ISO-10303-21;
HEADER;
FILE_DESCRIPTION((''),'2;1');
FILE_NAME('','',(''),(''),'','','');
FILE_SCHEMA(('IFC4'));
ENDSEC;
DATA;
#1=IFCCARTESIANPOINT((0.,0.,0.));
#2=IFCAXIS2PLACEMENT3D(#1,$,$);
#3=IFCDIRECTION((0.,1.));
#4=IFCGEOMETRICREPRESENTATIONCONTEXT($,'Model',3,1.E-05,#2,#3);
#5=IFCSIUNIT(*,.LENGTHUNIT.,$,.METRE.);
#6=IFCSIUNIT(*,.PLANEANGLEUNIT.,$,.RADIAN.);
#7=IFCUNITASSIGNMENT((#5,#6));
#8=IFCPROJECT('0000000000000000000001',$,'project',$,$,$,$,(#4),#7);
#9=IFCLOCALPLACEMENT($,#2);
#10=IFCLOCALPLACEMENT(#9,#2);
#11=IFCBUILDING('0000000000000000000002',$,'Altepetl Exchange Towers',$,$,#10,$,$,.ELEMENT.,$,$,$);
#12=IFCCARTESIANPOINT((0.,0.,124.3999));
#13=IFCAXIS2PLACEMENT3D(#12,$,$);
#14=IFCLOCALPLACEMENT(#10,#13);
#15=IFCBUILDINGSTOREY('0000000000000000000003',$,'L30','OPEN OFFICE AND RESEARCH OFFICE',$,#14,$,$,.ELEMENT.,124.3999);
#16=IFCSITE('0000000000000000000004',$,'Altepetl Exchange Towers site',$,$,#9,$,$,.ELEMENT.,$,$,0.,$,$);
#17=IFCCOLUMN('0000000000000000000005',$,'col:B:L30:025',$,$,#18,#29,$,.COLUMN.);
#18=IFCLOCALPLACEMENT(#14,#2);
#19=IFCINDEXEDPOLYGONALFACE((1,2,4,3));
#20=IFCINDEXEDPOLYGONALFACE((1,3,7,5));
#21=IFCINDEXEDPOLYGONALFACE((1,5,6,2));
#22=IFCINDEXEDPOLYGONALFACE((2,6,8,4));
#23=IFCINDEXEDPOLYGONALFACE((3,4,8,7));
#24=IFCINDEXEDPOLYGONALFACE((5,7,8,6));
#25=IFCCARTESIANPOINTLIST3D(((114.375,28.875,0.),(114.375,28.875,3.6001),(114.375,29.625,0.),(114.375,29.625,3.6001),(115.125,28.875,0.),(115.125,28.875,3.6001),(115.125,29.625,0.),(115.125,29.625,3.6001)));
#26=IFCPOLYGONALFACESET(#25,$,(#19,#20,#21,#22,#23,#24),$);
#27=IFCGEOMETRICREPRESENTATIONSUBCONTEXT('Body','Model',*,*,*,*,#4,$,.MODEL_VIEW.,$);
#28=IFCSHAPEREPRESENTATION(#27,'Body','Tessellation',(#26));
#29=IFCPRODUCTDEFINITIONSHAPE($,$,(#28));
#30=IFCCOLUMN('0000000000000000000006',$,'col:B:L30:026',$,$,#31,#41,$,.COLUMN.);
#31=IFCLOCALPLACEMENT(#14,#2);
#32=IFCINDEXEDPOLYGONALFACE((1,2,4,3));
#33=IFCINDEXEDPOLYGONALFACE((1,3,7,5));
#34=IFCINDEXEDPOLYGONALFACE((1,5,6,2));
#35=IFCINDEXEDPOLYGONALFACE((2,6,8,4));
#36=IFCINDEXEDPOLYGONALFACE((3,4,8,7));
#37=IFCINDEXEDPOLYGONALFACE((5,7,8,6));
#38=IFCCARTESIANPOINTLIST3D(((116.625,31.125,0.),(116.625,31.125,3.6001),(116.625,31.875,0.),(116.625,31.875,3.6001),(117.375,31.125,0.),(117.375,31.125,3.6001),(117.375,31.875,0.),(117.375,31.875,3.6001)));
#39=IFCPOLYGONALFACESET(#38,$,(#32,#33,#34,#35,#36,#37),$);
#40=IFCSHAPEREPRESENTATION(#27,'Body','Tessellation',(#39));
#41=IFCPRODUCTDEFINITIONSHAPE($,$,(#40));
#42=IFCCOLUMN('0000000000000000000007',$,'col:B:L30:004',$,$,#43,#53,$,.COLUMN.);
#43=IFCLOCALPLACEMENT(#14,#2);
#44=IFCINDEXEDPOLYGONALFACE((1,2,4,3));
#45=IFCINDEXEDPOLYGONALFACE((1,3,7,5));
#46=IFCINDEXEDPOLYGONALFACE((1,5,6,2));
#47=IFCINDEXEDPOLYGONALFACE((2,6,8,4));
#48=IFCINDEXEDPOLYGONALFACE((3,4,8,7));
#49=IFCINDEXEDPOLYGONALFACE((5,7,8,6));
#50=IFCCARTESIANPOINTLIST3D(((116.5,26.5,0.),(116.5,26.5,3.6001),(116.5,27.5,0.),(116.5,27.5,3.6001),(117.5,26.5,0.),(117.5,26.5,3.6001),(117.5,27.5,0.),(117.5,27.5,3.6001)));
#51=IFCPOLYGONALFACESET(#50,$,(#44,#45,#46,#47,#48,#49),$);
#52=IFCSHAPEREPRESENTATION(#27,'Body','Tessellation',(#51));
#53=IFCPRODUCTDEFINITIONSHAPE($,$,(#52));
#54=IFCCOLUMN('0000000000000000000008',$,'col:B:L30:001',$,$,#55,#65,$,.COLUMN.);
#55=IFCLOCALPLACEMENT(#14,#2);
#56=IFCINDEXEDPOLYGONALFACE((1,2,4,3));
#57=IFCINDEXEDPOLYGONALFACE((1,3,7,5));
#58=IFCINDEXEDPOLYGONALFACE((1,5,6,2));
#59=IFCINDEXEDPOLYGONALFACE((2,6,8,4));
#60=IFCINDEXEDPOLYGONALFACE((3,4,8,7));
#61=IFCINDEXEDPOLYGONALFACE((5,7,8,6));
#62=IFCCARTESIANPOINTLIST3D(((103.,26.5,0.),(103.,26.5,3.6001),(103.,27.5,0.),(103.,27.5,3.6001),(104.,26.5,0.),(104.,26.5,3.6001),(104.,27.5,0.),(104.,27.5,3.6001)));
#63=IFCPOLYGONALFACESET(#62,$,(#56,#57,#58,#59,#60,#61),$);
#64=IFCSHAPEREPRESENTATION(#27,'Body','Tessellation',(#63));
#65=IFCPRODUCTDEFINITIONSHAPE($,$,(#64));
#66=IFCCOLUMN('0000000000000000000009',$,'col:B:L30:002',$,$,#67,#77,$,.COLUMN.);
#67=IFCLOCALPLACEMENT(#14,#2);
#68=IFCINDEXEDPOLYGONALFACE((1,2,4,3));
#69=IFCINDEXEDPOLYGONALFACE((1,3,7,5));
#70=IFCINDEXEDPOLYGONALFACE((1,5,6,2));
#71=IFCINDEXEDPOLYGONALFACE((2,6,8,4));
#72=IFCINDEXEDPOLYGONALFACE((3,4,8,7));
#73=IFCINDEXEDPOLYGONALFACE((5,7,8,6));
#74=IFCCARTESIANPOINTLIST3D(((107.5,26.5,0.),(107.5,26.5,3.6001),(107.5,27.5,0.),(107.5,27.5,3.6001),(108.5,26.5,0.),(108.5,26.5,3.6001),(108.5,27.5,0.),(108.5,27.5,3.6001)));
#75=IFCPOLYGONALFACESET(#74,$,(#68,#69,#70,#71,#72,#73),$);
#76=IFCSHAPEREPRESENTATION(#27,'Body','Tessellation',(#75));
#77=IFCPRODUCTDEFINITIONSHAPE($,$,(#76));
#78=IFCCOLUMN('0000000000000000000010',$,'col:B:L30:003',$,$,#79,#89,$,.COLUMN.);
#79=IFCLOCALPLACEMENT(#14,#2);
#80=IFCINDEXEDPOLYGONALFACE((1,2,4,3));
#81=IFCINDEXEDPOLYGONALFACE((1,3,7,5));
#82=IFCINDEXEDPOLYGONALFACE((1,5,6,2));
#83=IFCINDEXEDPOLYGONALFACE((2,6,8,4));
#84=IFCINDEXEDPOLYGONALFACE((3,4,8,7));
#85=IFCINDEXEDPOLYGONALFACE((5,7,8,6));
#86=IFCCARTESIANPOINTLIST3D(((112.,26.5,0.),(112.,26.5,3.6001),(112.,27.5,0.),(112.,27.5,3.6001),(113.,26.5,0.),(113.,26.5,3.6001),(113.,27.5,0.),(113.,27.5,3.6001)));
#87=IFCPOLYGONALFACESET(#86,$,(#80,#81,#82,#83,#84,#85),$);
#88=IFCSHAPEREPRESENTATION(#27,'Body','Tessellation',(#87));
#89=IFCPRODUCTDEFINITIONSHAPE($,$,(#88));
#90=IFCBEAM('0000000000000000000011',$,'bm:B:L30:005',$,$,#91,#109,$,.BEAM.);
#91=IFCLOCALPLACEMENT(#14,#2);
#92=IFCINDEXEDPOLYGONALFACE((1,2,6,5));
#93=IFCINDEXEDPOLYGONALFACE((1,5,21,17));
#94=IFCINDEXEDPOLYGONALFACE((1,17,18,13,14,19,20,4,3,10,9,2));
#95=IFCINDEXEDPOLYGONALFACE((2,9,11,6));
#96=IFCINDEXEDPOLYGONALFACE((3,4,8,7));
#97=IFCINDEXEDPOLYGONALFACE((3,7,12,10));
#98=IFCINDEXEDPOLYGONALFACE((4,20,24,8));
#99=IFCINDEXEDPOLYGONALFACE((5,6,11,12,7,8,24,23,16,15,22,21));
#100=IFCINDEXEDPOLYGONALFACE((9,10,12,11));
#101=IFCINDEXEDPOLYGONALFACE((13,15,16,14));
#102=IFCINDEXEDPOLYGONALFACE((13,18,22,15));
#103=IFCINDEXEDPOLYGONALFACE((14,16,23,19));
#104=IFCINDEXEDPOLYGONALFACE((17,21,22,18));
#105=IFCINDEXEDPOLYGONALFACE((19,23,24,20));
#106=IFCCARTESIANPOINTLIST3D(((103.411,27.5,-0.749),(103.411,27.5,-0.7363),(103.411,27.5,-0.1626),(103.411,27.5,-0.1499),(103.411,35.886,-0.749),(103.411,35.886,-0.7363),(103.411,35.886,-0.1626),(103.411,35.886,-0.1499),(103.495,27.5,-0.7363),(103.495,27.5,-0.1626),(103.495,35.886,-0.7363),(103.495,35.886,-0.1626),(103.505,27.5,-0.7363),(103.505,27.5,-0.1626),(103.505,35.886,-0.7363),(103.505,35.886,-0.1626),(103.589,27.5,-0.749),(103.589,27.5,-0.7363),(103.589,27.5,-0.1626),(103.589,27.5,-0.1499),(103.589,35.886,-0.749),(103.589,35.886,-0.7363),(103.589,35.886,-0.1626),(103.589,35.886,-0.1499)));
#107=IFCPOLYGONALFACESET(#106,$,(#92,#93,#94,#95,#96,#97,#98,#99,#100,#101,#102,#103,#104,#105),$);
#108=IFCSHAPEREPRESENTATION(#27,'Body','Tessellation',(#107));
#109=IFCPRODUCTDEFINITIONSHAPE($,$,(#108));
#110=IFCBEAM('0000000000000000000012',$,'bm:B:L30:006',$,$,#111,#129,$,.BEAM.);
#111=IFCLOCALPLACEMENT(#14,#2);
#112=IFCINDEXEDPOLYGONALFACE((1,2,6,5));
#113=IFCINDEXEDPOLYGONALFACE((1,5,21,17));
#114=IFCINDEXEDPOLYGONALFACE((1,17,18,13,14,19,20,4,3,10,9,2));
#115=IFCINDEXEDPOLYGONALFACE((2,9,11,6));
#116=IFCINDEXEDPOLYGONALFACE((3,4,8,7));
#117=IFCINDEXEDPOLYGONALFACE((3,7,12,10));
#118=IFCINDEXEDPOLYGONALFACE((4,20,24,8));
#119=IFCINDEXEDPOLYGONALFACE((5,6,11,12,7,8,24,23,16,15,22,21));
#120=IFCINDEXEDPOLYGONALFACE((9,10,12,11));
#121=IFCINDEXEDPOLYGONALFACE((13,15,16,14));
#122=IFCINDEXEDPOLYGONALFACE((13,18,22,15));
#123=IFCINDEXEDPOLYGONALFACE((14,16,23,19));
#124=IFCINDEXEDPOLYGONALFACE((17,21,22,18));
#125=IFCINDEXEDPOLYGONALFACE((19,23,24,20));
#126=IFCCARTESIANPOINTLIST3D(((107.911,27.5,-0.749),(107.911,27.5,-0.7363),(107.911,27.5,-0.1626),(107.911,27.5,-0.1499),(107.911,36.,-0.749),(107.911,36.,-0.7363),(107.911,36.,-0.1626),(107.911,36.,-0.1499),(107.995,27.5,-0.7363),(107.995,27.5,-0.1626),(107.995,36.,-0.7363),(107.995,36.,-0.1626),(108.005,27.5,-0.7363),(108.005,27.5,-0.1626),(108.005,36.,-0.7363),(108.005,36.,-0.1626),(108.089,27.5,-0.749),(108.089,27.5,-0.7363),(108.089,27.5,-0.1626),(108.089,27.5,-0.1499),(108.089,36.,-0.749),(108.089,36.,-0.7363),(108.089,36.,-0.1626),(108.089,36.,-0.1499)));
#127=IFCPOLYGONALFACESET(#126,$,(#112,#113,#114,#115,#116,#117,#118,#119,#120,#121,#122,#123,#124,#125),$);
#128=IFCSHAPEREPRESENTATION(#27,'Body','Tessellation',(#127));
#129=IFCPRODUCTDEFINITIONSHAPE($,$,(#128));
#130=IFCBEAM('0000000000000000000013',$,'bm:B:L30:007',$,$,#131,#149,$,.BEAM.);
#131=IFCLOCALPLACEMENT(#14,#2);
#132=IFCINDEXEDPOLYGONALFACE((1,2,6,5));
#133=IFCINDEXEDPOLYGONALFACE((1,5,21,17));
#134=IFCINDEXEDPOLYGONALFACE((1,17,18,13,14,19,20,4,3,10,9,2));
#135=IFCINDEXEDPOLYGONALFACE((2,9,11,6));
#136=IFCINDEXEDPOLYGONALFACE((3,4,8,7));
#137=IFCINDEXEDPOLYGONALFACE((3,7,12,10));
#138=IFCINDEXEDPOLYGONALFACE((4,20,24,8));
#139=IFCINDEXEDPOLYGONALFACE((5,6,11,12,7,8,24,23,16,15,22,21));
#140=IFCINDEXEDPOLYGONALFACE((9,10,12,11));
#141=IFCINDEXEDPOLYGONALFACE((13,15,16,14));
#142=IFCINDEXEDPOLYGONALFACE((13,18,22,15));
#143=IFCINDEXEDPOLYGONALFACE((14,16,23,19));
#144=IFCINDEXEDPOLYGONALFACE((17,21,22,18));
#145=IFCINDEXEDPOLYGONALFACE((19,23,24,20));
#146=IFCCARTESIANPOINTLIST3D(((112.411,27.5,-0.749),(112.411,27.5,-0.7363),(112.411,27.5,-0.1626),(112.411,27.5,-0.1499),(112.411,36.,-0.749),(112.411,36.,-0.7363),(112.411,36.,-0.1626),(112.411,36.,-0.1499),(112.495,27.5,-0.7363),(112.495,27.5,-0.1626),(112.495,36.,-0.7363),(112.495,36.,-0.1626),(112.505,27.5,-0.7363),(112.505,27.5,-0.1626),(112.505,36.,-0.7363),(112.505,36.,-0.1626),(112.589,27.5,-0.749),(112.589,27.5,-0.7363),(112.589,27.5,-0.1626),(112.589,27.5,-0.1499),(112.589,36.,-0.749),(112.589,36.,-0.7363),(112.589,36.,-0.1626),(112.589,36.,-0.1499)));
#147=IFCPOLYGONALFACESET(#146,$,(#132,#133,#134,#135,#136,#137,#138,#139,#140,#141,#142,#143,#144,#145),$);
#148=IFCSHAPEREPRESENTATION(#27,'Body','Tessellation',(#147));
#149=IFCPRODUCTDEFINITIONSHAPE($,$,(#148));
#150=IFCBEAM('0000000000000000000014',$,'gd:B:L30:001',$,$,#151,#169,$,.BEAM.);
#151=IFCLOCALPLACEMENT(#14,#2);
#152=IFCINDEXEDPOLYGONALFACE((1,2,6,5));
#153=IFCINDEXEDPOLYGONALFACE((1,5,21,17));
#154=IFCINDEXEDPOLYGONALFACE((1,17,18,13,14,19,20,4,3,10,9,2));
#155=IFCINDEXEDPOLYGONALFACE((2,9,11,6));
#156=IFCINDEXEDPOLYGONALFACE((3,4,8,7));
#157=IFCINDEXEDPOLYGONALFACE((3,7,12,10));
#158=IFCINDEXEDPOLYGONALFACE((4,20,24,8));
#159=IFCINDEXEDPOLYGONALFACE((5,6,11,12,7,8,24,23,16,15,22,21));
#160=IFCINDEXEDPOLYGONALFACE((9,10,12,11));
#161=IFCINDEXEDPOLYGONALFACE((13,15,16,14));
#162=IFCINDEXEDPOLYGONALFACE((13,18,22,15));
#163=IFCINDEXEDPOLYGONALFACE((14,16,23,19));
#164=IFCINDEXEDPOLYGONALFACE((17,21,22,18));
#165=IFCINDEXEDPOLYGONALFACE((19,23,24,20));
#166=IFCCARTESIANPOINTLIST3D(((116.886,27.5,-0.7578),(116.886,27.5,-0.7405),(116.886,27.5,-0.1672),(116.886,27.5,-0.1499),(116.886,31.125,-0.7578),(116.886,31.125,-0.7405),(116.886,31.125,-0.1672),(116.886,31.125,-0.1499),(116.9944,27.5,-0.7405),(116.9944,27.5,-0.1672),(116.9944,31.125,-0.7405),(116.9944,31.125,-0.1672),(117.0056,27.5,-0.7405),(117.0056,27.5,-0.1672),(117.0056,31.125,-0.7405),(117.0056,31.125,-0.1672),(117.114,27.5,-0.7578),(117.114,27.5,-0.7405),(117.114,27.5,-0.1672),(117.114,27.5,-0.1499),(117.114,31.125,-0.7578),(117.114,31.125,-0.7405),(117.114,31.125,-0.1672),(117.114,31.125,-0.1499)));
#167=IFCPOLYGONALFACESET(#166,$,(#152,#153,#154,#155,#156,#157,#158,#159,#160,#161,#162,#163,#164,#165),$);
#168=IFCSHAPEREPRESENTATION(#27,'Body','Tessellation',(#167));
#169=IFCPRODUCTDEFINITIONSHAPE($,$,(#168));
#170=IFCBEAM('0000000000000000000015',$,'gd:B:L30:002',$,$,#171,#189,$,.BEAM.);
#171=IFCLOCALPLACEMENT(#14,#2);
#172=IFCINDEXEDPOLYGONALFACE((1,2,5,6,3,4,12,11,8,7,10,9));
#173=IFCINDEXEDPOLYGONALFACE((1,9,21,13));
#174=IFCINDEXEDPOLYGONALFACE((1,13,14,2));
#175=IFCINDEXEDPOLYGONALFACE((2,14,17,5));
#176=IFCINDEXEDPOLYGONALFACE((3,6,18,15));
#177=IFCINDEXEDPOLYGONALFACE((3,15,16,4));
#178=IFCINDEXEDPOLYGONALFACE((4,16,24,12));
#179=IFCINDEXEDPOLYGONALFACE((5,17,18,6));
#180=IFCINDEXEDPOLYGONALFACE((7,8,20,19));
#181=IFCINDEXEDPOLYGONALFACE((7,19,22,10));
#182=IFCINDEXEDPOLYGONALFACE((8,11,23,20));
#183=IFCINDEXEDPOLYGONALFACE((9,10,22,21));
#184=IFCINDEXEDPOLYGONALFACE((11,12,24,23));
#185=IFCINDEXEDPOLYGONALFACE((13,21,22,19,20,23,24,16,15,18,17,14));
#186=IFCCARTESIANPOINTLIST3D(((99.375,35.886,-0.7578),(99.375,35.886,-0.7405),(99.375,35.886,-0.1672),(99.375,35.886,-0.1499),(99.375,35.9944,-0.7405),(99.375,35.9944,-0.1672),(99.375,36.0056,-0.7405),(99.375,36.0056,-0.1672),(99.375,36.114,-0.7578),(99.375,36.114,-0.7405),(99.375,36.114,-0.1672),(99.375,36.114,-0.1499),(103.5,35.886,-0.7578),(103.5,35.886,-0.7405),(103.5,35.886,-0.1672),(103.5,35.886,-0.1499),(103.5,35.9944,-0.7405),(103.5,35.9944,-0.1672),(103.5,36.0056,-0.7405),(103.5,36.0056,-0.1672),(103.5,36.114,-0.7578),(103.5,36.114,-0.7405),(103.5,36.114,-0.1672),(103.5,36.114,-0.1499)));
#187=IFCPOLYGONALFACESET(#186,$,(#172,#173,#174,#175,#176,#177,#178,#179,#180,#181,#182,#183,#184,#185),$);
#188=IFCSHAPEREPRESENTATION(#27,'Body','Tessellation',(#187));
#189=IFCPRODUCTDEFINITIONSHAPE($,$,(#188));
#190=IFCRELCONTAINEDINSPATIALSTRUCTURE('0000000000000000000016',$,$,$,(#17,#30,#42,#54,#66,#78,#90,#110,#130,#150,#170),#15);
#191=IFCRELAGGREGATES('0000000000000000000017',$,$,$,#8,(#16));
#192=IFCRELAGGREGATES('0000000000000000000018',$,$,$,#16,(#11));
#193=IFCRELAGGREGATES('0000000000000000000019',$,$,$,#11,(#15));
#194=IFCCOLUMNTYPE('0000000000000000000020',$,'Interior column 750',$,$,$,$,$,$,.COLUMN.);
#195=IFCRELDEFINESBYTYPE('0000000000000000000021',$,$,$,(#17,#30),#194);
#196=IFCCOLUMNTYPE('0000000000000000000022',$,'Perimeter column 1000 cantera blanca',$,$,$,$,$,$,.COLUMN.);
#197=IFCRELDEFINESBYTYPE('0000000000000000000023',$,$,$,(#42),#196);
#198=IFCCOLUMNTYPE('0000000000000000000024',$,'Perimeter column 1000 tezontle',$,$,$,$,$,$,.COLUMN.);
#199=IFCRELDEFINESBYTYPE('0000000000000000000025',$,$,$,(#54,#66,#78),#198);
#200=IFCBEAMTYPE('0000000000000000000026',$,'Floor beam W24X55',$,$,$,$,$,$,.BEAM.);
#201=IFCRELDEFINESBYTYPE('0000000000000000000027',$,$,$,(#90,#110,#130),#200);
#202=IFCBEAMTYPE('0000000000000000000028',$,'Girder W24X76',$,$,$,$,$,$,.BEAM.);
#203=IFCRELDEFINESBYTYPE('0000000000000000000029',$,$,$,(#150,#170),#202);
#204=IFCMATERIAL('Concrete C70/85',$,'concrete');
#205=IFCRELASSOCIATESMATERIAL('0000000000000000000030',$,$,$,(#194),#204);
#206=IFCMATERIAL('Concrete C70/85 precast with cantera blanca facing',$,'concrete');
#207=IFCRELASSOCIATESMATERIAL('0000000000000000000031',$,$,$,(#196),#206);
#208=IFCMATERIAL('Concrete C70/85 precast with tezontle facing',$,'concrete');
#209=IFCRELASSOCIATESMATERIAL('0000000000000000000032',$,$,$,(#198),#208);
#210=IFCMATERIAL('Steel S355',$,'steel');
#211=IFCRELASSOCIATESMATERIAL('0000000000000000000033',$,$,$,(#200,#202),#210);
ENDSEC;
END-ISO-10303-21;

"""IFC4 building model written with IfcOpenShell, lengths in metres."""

from ifc_helpers import new_model, si_unit, direction, frame, origin, origin_2d, place, context, subcontext, project, spatial, rectangle, i_section, extrude, material, material_profile, profile_set, type_object, element, save


model = new_model("IFC4")

# Units and contexts
model_context = context("Model", 3, precision=1e-05, world=origin(), true_north=direction((0.0, 1.0)))
body_context = subcontext(model_context, "Body", "Model", "MODEL_VIEW")
ifc_project = project(units=[si_unit("LENGTHUNIT", "METRE"), si_unit("PLANEANGLEUNIT", "RADIAN")], contexts=[model_context])

# Site, building, storey
site_placement = place(None, origin())
site = spatial("IfcSite", under=ifc_project, at=site_placement, Name="Altepetl Exchange Towers site", CompositionType="ELEMENT", RefElevation=0.0)
building_placement = place(site_placement, origin())
building = spatial("IfcBuilding", under=site, at=building_placement, Name="Altepetl Exchange Towers", CompositionType="ELEMENT")
storey_placement = place(building_placement, frame((0.0, 0.0, 124.3999)))
storey = spatial("IfcBuildingStorey", under=building, at=storey_placement, Name="L30", Description="OPEN OFFICE AND RESEARCH OFFICE", CompositionType="ELEMENT", Elevation=124.3999)

# Columns
ifc_material_1 = material(Name="Concrete C70/85", Category="concrete")
ifc_material_profile_1 = material_profile(ifc_material_1, rectangle(XDim=0.75, YDim=0.75, at=origin_2d()), Name="750 x 750")
ifc_profile_set_1 = profile_set([ifc_material_profile_1], Name="Concrete C70/85")
column_type_1 = type_object("IfcColumnType", Name="Interior column 750", PredefinedType="COLUMN", material=ifc_profile_set_1)
for number, where, name in (
    (1, (114.75, 29.25, 0.0), "col:B:L30:025"),
    (2, (117.0, 31.5, 0.0), "col:B:L30:026"),
):
    element("IfcColumn", number, at=place(storey_placement, frame(where)), inside=storey, type_object=column_type_1, Name=name, PredefinedType="COLUMN", context=body_context, shape_type="SweptSolid", body=[
        extrude(rectangle(XDim=0.75, YDim=0.75, at=origin_2d()), origin(), (0.0, 0.0, 1.0), 3.6001),
    ])
ifc_material_2 = material(Name="Concrete C70/85 precast with cantera blanca facing", Category="concrete")
ifc_material_profile_2 = material_profile(ifc_material_2, rectangle(XDim=1.0, YDim=1.0, at=origin_2d()), Name="1000 x 1000")
ifc_profile_set_2 = profile_set([ifc_material_profile_2], Name="Concrete C70/85 precast with cantera blanca facing")
column_type_2 = type_object("IfcColumnType", Name="Perimeter column 1000 cantera blanca", PredefinedType="COLUMN", material=ifc_profile_set_2)
column_placement = place(storey_placement, frame((117.0, 27.0, 0.0)))
element("IfcColumn", 3, at=column_placement, inside=storey, type_object=column_type_2, Name="col:B:L30:004", PredefinedType="COLUMN", context=body_context, shape_type="SweptSolid", body=[
    extrude(rectangle(XDim=1.0, YDim=1.0, at=origin_2d()), origin(), (0.0, 0.0, 1.0), 3.6001),
])
ifc_material_3 = material(Name="Concrete C70/85 precast with tezontle facing", Category="concrete")
ifc_material_profile_3 = material_profile(ifc_material_3, rectangle(XDim=1.0, YDim=1.0, at=origin_2d()), Name="1000 x 1000")
ifc_profile_set_3 = profile_set([ifc_material_profile_3], Name="Concrete C70/85 precast with tezontle facing")
column_type_3 = type_object("IfcColumnType", Name="Perimeter column 1000 tezontle", PredefinedType="COLUMN", material=ifc_profile_set_3)
for number, where, name in (
    (4, (103.5, 27.0, 0.0), "col:B:L30:001"),
    (5, (108.0, 27.0, 0.0), "col:B:L30:002"),
    (6, (112.5, 27.0, 0.0), "col:B:L30:003"),
):
    element("IfcColumn", number, at=place(storey_placement, frame(where)), inside=storey, type_object=column_type_3, Name=name, PredefinedType="COLUMN", context=body_context, shape_type="SweptSolid", body=[
        extrude(rectangle(XDim=1.0, YDim=1.0, at=origin_2d()), origin(), (0.0, 0.0, 1.0), 3.6001),
    ])

# Beams
ifc_material_4 = material(Name="Steel S355", Category="steel")
ifc_material_profile_4 = material_profile(ifc_material_4, i_section(OverallWidth=0.178, OverallDepth=0.5991, WebThickness=0.01, FlangeThickness=0.0127, at=origin_2d()), Name="W24X55")
ifc_profile_set_4 = profile_set([ifc_material_profile_4], Name="Steel S355")
beam_type_1 = type_object("IfcBeamType", Name="Floor beam W24X55", PredefinedType="BEAM", material=ifc_profile_set_4)
beam_1_placement = place(storey_placement, frame((103.5, 27.5, -0.4495), z_axis=(0.0, 1.0, 0.0), x_axis=(-1.0, 0.0, 0.0)))
element("IfcBeam", 7, at=beam_1_placement, inside=storey, type_object=beam_type_1, Name="bm:B:L30:005", PredefinedType="BEAM", context=body_context, shape_type="SweptSolid", body=[
    extrude(i_section(OverallWidth=0.178, OverallDepth=0.5991, WebThickness=0.01, FlangeThickness=0.0127, at=origin_2d()), origin(), (0.0, 0.0, 1.0), 8.386),
])
for number, where, z_axis, x_axis, name in (
    (8, (108.0, 27.5, -0.4495), (0.0, 1.0, 0.0), (-1.0, 0.0, 0.0), "bm:B:L30:006"),
    (9, (112.5, 27.5, -0.4495), (0.0, 1.0, 0.0), (-1.0, 0.0, 0.0), "bm:B:L30:007"),
):
    element("IfcBeam", number, at=place(storey_placement, frame(where, z_axis=z_axis, x_axis=x_axis)), inside=storey, type_object=beam_type_1, Name=name, PredefinedType="BEAM", context=body_context, shape_type="SweptSolid", body=[
        extrude(i_section(OverallWidth=0.178, OverallDepth=0.5991, WebThickness=0.01, FlangeThickness=0.0127, at=origin_2d()), origin(), (0.0, 0.0, 1.0), 8.5),
    ])
ifc_material_profile_5 = material_profile(ifc_material_4, i_section(OverallWidth=0.228, OverallDepth=0.6079, WebThickness=0.0112, FlangeThickness=0.0173, at=origin_2d()), Name="W24X76")
ifc_profile_set_5 = profile_set([ifc_material_profile_5], Name="Steel S355")
beam_type_2 = type_object("IfcBeamType", Name="Girder W24X76", PredefinedType="BEAM", material=ifc_profile_set_5)
beam_2_placement = place(storey_placement, frame((117.0, 31.125, -0.4539), z_axis=(0.0, -1.0, 0.0), x_axis=(1.0, 0.0, 0.0)))
element("IfcBeam", 10, at=beam_2_placement, inside=storey, type_object=beam_type_2, Name="gd:B:L30:001", PredefinedType="BEAM", context=body_context, shape_type="SweptSolid", body=[
    extrude(i_section(OverallWidth=0.228, OverallDepth=0.6079, WebThickness=0.0112, FlangeThickness=0.0173, at=origin_2d()), origin(), (0.0, 0.0, 1.0), 3.625),
])
beam_3_placement = place(storey_placement, frame((103.5, 36.0, -0.4539), z_axis=(-1.0, 0.0, 0.0), x_axis=(0.0, -1.0, 0.0)))
element("IfcBeam", 11, at=beam_3_placement, inside=storey, type_object=beam_type_2, Name="gd:B:L30:002", PredefinedType="BEAM", context=body_context, shape_type="SweptSolid", body=[
    extrude(i_section(OverallWidth=0.228, OverallDepth=0.6079, WebThickness=0.0112, FlangeThickness=0.0173, at=origin_2d()), origin(), (0.0, 0.0, 1.0), 4.125),
])

save(model, "model.ifc")
